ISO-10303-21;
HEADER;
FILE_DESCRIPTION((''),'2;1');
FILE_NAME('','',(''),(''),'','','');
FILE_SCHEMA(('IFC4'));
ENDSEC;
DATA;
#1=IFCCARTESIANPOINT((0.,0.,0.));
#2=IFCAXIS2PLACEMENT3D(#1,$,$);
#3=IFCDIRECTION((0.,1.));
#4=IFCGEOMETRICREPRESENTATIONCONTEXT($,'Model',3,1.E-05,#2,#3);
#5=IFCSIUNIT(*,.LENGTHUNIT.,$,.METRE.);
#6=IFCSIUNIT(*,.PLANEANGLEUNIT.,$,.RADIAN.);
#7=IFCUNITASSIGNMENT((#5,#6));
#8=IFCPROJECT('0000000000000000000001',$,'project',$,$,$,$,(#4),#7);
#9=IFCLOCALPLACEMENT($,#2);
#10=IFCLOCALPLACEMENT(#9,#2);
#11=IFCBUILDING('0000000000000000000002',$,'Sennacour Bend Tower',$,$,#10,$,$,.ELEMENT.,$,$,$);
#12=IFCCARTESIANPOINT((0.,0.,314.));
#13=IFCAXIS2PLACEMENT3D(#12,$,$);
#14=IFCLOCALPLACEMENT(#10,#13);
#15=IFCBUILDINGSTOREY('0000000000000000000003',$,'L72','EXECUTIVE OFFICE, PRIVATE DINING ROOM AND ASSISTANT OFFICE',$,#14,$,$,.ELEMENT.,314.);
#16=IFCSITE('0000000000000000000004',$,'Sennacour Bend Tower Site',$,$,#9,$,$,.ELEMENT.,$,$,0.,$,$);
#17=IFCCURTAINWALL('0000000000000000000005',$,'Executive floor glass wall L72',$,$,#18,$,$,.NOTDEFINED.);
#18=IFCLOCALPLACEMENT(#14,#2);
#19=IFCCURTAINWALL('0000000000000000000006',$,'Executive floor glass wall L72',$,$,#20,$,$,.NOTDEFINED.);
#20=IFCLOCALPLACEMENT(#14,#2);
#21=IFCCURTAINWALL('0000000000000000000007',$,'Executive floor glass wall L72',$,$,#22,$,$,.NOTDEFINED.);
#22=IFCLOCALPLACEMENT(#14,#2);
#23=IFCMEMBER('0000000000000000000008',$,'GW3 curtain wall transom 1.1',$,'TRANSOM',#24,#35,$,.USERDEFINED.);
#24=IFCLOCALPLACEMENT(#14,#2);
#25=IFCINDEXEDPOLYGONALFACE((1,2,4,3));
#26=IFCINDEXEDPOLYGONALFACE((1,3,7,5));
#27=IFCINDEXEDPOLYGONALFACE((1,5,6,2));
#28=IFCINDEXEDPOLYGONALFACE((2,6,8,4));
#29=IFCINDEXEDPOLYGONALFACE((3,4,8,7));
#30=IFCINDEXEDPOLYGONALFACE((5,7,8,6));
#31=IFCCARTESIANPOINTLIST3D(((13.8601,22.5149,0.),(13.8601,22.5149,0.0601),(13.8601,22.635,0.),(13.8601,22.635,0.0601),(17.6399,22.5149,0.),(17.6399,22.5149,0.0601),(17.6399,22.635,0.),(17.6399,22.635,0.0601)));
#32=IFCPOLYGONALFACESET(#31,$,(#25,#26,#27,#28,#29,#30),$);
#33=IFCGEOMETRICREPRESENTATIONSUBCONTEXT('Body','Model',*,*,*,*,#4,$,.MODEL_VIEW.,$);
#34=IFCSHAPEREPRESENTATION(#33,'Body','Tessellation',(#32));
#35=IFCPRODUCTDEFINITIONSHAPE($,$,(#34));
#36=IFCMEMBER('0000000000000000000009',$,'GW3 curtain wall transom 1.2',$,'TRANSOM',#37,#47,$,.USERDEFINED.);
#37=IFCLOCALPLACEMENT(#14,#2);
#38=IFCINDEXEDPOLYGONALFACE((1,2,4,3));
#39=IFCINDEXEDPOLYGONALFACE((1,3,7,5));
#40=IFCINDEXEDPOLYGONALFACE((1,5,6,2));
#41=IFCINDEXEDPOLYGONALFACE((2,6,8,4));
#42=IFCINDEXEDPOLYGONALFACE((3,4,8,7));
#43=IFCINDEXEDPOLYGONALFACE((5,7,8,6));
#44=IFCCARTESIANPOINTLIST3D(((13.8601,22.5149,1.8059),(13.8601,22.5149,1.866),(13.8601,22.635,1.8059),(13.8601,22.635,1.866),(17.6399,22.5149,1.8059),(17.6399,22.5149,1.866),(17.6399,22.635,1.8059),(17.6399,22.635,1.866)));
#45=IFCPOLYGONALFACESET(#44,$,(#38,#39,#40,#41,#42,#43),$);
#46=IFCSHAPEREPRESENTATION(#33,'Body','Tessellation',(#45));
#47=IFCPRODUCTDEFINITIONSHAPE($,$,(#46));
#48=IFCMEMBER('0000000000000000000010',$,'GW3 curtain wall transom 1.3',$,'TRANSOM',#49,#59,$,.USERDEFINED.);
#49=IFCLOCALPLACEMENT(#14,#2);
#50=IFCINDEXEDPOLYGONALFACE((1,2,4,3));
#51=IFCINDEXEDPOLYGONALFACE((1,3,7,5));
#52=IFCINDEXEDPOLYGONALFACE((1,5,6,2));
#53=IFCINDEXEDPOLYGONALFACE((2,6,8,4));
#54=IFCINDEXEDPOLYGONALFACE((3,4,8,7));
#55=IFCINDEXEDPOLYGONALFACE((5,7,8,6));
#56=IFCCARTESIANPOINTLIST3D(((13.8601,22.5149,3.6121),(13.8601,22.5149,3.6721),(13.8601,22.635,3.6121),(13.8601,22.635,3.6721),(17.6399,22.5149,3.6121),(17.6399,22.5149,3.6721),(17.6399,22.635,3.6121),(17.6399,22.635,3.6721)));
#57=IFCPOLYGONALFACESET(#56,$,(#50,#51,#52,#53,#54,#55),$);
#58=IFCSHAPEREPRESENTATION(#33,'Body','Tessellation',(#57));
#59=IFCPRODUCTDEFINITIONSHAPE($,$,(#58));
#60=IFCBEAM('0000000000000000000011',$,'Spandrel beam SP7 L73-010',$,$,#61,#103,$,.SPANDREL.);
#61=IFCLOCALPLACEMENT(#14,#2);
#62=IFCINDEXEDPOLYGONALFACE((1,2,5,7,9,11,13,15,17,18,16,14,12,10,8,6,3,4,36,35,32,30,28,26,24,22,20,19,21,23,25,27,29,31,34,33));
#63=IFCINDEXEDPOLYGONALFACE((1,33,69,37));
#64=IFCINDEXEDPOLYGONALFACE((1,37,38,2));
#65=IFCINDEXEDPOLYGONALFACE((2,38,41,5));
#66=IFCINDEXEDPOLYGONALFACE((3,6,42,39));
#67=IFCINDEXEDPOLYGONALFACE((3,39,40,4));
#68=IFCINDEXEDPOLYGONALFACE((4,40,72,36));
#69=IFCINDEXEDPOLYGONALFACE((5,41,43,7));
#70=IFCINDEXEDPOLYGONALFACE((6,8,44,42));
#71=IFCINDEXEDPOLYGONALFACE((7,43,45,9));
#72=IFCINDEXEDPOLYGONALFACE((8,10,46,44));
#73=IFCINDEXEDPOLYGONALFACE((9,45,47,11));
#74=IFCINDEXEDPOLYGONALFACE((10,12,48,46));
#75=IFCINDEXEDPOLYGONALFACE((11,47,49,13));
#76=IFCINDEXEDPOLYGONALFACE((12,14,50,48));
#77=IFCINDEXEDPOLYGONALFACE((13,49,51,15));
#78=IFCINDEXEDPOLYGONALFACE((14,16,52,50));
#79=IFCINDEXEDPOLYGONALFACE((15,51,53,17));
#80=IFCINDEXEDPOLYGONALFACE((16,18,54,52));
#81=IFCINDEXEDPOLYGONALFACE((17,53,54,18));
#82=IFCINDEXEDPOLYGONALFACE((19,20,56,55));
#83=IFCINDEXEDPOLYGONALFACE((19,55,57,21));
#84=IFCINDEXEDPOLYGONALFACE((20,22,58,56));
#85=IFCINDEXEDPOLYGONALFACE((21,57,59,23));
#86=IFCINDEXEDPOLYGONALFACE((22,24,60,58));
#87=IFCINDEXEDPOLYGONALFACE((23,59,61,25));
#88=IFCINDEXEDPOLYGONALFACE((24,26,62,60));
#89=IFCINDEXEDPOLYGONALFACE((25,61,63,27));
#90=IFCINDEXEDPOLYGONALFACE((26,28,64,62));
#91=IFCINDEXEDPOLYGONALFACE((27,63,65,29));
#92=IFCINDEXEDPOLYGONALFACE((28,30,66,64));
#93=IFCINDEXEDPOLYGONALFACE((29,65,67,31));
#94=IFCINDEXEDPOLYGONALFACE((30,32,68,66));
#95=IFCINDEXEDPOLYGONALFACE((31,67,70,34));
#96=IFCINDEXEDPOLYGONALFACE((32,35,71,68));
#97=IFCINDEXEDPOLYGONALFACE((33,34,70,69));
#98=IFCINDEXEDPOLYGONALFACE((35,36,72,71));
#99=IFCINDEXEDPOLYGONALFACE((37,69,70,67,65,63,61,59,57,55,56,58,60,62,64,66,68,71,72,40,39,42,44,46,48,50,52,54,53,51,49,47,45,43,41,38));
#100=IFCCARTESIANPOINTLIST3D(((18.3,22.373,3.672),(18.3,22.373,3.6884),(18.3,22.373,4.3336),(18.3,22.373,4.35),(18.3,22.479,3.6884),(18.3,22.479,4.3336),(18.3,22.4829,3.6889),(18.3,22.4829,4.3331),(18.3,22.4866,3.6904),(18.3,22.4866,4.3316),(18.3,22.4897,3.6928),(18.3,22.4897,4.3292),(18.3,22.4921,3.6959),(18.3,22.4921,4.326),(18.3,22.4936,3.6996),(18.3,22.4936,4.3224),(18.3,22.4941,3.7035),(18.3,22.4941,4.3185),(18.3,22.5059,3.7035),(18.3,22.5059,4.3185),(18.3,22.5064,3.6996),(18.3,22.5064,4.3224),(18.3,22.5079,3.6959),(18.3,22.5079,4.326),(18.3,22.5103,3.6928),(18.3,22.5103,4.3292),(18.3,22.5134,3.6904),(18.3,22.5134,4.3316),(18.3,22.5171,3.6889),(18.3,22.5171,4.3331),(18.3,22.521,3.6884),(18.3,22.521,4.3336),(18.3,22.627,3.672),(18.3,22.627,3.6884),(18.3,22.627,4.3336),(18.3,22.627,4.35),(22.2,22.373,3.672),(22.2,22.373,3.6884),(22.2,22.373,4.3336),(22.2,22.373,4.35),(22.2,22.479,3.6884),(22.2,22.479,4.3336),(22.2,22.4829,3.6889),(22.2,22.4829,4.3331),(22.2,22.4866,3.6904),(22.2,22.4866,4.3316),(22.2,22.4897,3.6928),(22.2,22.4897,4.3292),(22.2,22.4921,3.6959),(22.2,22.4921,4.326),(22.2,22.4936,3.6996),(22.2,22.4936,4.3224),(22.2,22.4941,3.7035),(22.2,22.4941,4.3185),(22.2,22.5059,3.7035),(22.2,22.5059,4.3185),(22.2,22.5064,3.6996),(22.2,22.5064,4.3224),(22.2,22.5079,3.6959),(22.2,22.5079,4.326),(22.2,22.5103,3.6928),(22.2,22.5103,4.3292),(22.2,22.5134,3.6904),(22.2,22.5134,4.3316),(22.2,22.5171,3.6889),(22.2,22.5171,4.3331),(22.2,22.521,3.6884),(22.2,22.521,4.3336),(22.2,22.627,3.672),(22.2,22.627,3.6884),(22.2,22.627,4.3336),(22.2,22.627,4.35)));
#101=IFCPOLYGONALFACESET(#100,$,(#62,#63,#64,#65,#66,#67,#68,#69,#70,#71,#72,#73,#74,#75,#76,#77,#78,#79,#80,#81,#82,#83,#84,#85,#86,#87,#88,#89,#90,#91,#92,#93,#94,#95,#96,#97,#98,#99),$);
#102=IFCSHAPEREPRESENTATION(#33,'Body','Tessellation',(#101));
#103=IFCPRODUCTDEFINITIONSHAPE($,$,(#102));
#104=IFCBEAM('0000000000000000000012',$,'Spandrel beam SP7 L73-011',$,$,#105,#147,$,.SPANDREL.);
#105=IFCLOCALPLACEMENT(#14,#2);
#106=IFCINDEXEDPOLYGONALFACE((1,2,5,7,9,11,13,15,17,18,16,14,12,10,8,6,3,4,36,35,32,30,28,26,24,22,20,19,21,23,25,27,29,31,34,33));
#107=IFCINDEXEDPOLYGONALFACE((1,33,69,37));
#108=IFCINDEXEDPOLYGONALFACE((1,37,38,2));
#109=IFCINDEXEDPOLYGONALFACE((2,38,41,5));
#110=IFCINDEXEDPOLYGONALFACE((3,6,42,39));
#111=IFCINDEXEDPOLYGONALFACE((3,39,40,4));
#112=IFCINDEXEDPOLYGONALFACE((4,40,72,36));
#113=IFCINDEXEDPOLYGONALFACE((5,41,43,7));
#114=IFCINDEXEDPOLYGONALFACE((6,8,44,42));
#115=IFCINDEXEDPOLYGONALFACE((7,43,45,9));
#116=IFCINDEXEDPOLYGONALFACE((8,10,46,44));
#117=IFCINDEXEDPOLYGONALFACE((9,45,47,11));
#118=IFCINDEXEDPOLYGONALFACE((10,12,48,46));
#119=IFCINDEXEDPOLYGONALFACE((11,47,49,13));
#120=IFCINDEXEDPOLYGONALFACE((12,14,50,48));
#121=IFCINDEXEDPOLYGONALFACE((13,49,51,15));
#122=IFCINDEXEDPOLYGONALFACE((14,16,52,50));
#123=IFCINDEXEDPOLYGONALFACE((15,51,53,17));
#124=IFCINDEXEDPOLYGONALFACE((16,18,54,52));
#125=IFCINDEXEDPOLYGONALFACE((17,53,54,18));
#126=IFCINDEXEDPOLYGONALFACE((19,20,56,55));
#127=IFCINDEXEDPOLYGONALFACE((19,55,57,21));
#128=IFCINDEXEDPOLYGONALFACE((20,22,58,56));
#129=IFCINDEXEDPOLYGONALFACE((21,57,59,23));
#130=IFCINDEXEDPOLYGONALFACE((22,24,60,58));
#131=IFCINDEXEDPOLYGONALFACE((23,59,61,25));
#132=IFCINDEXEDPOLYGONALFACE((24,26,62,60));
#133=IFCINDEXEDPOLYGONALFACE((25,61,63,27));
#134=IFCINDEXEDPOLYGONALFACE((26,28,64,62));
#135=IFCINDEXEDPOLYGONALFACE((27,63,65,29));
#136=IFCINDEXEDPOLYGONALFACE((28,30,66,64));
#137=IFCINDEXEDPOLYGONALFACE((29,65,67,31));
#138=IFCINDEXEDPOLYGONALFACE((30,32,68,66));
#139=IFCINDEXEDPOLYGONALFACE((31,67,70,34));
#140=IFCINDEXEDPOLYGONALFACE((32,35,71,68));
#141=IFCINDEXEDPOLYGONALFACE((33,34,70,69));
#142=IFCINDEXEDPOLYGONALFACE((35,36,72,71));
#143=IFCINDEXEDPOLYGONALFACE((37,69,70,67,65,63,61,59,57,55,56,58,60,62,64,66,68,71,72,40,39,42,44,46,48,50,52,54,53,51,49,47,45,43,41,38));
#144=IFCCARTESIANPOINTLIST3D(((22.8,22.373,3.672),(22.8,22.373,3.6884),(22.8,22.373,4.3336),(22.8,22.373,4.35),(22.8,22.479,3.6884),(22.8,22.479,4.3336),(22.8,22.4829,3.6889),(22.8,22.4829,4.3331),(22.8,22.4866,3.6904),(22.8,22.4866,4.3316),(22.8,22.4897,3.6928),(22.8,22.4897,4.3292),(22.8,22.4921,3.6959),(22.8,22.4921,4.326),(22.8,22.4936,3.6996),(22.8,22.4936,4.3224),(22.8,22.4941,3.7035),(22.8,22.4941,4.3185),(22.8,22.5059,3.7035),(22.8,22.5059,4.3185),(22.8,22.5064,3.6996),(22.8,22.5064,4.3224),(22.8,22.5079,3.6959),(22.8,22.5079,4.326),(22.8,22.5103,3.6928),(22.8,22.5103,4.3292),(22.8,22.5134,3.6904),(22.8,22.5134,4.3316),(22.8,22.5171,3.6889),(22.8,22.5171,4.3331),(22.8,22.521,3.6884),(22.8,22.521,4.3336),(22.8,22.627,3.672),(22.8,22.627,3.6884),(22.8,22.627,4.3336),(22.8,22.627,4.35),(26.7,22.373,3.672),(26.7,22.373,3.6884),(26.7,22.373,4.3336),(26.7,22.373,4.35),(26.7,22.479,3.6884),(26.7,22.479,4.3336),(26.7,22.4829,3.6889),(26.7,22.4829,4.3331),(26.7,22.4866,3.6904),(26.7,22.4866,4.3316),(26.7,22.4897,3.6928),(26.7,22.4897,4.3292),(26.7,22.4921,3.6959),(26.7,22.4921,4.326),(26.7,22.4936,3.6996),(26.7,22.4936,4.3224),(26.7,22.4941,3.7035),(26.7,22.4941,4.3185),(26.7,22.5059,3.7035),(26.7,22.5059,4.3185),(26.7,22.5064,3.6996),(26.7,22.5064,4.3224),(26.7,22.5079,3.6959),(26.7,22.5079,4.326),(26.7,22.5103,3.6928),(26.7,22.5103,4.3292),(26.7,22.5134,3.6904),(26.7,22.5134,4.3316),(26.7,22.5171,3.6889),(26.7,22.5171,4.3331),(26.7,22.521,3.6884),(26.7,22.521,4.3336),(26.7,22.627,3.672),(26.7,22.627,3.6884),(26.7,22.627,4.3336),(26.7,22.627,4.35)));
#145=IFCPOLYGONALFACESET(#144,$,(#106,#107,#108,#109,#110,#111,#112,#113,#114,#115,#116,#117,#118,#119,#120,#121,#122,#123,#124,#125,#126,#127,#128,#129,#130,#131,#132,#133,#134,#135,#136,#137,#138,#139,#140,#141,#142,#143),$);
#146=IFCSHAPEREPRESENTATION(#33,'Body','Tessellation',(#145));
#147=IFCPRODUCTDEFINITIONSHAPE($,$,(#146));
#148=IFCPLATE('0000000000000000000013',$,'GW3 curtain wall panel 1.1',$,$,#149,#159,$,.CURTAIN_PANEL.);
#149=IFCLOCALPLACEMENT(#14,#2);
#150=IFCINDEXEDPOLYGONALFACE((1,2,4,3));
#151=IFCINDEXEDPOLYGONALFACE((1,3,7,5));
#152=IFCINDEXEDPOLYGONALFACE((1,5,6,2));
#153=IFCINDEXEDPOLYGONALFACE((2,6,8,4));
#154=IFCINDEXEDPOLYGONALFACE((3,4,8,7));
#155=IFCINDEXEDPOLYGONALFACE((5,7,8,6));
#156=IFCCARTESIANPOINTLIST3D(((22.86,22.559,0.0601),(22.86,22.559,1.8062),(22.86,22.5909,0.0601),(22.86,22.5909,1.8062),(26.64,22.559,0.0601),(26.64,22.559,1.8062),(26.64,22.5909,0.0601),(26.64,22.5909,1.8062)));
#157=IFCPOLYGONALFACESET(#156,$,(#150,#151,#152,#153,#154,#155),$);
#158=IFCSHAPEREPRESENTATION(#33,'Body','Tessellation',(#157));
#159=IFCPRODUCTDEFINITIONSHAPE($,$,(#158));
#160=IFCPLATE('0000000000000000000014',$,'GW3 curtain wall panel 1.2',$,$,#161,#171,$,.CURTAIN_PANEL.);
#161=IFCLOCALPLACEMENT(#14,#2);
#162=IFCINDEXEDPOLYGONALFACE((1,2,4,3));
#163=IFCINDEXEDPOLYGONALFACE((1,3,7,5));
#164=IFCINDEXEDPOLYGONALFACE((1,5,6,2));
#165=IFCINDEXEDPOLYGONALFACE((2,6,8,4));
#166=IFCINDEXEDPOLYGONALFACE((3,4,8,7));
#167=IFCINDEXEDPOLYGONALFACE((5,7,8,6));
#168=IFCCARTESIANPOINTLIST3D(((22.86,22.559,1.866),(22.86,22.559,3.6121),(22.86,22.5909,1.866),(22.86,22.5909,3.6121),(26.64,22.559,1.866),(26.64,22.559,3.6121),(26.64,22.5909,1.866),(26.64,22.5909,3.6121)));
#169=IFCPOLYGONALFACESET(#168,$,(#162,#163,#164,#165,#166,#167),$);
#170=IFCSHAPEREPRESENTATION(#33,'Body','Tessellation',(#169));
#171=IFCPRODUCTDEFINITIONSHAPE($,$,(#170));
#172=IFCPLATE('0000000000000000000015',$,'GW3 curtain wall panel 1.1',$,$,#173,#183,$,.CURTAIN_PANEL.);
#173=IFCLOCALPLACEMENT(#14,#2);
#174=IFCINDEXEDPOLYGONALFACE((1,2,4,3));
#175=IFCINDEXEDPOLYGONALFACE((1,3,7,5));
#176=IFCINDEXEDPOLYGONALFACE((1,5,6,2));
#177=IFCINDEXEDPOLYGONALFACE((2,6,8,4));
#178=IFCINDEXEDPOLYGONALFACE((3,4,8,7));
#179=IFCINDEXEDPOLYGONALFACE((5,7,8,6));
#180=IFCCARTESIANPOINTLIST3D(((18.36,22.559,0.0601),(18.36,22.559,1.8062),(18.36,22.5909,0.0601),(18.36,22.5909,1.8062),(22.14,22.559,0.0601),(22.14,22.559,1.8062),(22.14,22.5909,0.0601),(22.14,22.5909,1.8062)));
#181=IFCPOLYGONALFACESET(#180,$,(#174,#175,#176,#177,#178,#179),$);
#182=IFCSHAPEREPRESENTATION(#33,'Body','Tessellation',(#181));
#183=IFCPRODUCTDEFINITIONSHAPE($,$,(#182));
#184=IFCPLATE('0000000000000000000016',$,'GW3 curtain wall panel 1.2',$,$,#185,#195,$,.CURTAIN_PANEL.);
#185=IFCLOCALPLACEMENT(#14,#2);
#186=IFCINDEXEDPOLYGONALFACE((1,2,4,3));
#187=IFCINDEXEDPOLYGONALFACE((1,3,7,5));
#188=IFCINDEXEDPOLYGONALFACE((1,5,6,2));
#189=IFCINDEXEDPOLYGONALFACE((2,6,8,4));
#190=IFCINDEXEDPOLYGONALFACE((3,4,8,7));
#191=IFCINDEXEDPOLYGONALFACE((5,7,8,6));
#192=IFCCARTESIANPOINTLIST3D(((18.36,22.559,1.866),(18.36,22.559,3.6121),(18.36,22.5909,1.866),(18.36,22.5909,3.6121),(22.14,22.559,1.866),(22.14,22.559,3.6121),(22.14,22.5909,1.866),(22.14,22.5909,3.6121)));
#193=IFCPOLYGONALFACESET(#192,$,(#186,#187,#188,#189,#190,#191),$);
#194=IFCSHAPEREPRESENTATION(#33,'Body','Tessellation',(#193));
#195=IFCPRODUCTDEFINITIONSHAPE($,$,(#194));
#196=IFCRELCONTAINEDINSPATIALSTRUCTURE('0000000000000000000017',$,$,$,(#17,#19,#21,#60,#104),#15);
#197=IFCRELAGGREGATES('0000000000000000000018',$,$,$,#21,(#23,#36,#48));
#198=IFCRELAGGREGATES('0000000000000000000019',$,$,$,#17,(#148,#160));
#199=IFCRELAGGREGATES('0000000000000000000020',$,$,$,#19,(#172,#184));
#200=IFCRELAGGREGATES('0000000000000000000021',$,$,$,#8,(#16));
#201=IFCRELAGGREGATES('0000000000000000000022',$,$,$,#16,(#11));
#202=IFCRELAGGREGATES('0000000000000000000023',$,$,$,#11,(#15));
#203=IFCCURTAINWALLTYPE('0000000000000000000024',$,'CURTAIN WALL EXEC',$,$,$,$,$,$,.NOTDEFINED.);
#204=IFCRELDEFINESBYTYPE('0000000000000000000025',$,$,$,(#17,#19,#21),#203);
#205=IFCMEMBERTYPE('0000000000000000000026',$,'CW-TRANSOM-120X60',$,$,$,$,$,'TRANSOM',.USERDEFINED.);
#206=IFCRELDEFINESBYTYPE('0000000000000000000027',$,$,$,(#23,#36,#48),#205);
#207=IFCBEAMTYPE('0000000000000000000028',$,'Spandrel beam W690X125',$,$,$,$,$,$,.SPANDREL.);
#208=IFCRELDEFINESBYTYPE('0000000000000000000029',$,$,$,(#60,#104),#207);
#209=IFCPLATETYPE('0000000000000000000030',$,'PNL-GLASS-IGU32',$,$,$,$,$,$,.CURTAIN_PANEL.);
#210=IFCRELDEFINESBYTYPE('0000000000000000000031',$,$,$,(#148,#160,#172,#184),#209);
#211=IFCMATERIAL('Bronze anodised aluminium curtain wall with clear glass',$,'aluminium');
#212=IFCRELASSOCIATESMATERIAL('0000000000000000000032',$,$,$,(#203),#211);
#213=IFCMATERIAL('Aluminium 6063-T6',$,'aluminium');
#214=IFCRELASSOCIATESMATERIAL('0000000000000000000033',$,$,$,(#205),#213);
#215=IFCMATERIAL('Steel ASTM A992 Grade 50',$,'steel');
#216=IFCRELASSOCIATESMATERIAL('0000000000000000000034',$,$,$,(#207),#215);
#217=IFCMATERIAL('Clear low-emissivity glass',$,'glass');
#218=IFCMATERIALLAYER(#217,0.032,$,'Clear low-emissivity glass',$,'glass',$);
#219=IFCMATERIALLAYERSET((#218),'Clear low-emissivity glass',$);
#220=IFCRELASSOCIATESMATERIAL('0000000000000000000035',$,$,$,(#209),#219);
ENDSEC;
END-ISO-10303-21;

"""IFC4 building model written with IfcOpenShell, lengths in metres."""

from ifc_helpers import new_model, si_unit, direction, frame, origin, origin_2d, place, context, subcontext, project, spatial, rectangle, i_section, extrude, material, layer, layer_set, material_profile, profile_set, type_object, element, aggregate, save


model = new_model("IFC4")

# Units and contexts
model_context = context("Model", 3, precision=1e-05, world=origin(), true_north=direction((0.0, 1.0)))
body_context = subcontext(model_context, "Body", "Model", "MODEL_VIEW")
ifc_project = project(units=[si_unit("LENGTHUNIT", "METRE"), si_unit("PLANEANGLEUNIT", "RADIAN")], contexts=[model_context])

# Site, building, storey
site_placement = place(None, origin())
site = spatial("IfcSite", under=ifc_project, at=site_placement, Name="Sennacour Bend Tower Site", CompositionType="ELEMENT", RefElevation=0.0)
building_placement = place(site_placement, origin())
building = spatial("IfcBuilding", under=site, at=building_placement, Name="Sennacour Bend Tower", CompositionType="ELEMENT")
storey_placement = place(building_placement, frame((0.0, 0.0, 314.0)))
storey = spatial("IfcBuildingStorey", under=building, at=storey_placement, Name="L72", Description="EXECUTIVE OFFICE, PRIVATE DINING ROOM AND ASSISTANT OFFICE", CompositionType="ELEMENT", Elevation=314.0)

# Curtain walls
ifc_material_1 = material(Name="Bronze anodised aluminium curtain wall with clear glass", Category="aluminium")
curtain_wall_type = type_object("IfcCurtainWallType", Name="CURTAIN WALL EXEC", PredefinedType="NOTDEFINED", material=ifc_material_1)
curtain_wall_1_placement = place(storey_placement, origin())
curtain_wall_1 = element("IfcCurtainWall", 1, at=curtain_wall_1_placement, inside=storey, type_object=curtain_wall_type, Name="Executive floor glass wall L72", PredefinedType="NOTDEFINED")
ifc_material_2 = material(Name="Aluminium 6063-T6", Category="aluminium")
curtain_wall_2_placement = place(storey_placement, origin())
curtain_wall_2 = element("IfcCurtainWall", 2, at=curtain_wall_2_placement, inside=storey, type_object=curtain_wall_type, Name="Executive floor glass wall L72", PredefinedType="NOTDEFINED")

# Curtain wall
curtain_wall_3_placement = place(storey_placement, origin())
curtain_wall_3 = element("IfcCurtainWall", 3, at=curtain_wall_3_placement, inside=storey, type_object=curtain_wall_type, Name="Executive floor glass wall L72", PredefinedType="NOTDEFINED")

# Members
ifc_material_profile_1 = material_profile(ifc_material_2, rectangle(XDim=0.1201, YDim=0.0601, at=origin_2d()), Name="Aluminium 6063-T6", Category="aluminium")
ifc_profile_set_1 = profile_set([ifc_material_profile_1], Name="Aluminium 6063-T6")
member_type_1 = type_object("IfcMemberType", Name="CW-TRANSOM-120X60", ElementType="TRANSOM", PredefinedType="USERDEFINED", material=ifc_profile_set_1)
member_1_placement = place(storey_placement, frame((17.6399, 22.575, 0.03), z_axis=(-1.0, 0.0, 0.0), x_axis=(0.0, -1.0, 0.0)))
member_1 = element("IfcMember", 4, at=member_1_placement, type_object=member_type_1, Name="GW3 curtain wall transom 1.1", ObjectType="TRANSOM", PredefinedType="USERDEFINED", context=body_context, shape_type="SweptSolid", body=[
    extrude(rectangle(XDim=0.1201, YDim=0.0601, at=origin_2d()), origin(), (0.0, 0.0, 1.0), 3.7798),
])
member_2_placement = place(storey_placement, frame((17.6399, 22.575, 1.8359), z_axis=(-1.0, 0.0, 0.0), x_axis=(0.0, -1.0, 0.0)))
member_2 = element("IfcMember", 5, at=member_2_placement, type_object=member_type_1, Name="GW3 curtain wall transom 1.2", ObjectType="TRANSOM", PredefinedType="USERDEFINED", context=body_context, shape_type="SweptSolid", body=[
    extrude(rectangle(XDim=0.1201, YDim=0.0601, at=origin_2d()), origin(), (0.0, 0.0, 1.0), 3.7798),
])
member_3_placement = place(storey_placement, frame((17.6399, 22.575, 3.6421), z_axis=(-1.0, 0.0, 0.0), x_axis=(0.0, -1.0, 0.0)))
member_3 = element("IfcMember", 6, at=member_3_placement, type_object=member_type_1, Name="GW3 curtain wall transom 1.3", ObjectType="TRANSOM", PredefinedType="USERDEFINED", context=body_context, shape_type="SweptSolid", body=[
    extrude(rectangle(XDim=0.1201, YDim=0.0601, at=origin_2d()), origin(), (0.0, 0.0, 1.0), 3.7798),
])
aggregate(curtain_wall_3, [member_1, member_2, member_3])

# Beams
ifc_material_3 = material(Name="Steel ASTM A992 Grade 50", Category="steel")
ifc_material_profile_2 = material_profile(ifc_material_3, i_section(OverallWidth=0.2539, OverallDepth=0.678, WebThickness=0.0117, FlangeThickness=0.0164, FilletRadius=0.0151, at=origin_2d()), Name="Steel ASTM A992 Grade 50", Category="steel")
ifc_profile_set_2 = profile_set([ifc_material_profile_2], Name="Steel ASTM A992 Grade 50")
beam_type = type_object("IfcBeamType", Name="Spandrel beam W690X125", PredefinedType="SPANDREL", material=ifc_profile_set_2)
for number, where, z_axis, x_axis, name in (
    (7, (18.3, 22.5, 4.011), (1.0, 0.0, 0.0), (0.0, 1.0, 0.0), "Spandrel beam SP7 L73-010"),
    (8, (22.8, 22.5, 4.011), (1.0, 0.0, 0.0), (0.0, 1.0, 0.0), "Spandrel beam SP7 L73-011"),
):
    element("IfcBeam", number, at=place(storey_placement, frame(where, z_axis=z_axis, x_axis=x_axis)), inside=storey, type_object=beam_type, Name=name, PredefinedType="SPANDREL", context=body_context, shape_type="SweptSolid", body=[
        extrude(i_section(OverallWidth=0.2539, OverallDepth=0.678, WebThickness=0.0117, FlangeThickness=0.0164, FilletRadius=0.0151, at=origin_2d()), origin(), (0.0, 0.0, 1.0), 3.8999),
    ])

# Plates
ifc_material_4 = material(Name="Clear low-emissivity glass", Category="glass")
ifc_layer_1 = layer(ifc_material_4, 0.032, Name="Clear low-emissivity glass", Category="glass")
ifc_layer_set_1 = layer_set([ifc_layer_1], Name="Clear low-emissivity glass")
plate_type = type_object("IfcPlateType", Name="PNL-GLASS-IGU32", PredefinedType="CURTAIN_PANEL", material=ifc_layer_set_1)
plate_1_placement = place(storey_placement, frame((24.75, 22.575, 0.0601), z_axis=(0.0, 0.0, 1.0), x_axis=(-1.0, 0.0, 0.0)))
plate_1 = element("IfcPlate", 9, at=plate_1_placement, type_object=plate_type, Name="GW3 curtain wall panel 1.1", PredefinedType="CURTAIN_PANEL", context=body_context, shape_type="SweptSolid", body=[
    extrude(rectangle(XDim=3.78, YDim=0.032, at=origin_2d()), origin(), (0.0, 0.0, 1.0), 1.7461),
])
plate_2_placement = place(storey_placement, frame((24.75, 22.575, 1.866), z_axis=(0.0, 0.0, 1.0), x_axis=(-1.0, 0.0, 0.0)))
plate_2 = element("IfcPlate", 10, at=plate_2_placement, type_object=plate_type, Name="GW3 curtain wall panel 1.2", PredefinedType="CURTAIN_PANEL", context=body_context, shape_type="SweptSolid", body=[
    extrude(rectangle(XDim=3.78, YDim=0.032, at=origin_2d()), origin(), (0.0, 0.0, 1.0), 1.7461),
])
aggregate(curtain_wall_1, [plate_1, plate_2])
plate_3_placement = place(storey_placement, frame((20.25, 22.575, 0.0601), z_axis=(0.0, 0.0, 1.0), x_axis=(-1.0, 0.0, 0.0)))
plate_3 = element("IfcPlate", 11, at=plate_3_placement, type_object=plate_type, Name="GW3 curtain wall panel 1.1", PredefinedType="CURTAIN_PANEL", context=body_context, shape_type="SweptSolid", body=[
    extrude(rectangle(XDim=3.78, YDim=0.032, at=origin_2d()), origin(), (0.0, 0.0, 1.0), 1.7461),
])
plate_4_placement = place(storey_placement, frame((20.25, 22.575, 1.866), z_axis=(0.0, 0.0, 1.0), x_axis=(-1.0, 0.0, 0.0)))
plate_4 = element("IfcPlate", 12, at=plate_4_placement, type_object=plate_type, Name="GW3 curtain wall panel 1.2", PredefinedType="CURTAIN_PANEL", context=body_context, shape_type="SweptSolid", body=[
    extrude(rectangle(XDim=3.78, YDim=0.032, at=origin_2d()), origin(), (0.0, 0.0, 1.0), 1.7461),
])
aggregate(curtain_wall_2, [plate_3, plate_4])

save(model, "model.ifc")
